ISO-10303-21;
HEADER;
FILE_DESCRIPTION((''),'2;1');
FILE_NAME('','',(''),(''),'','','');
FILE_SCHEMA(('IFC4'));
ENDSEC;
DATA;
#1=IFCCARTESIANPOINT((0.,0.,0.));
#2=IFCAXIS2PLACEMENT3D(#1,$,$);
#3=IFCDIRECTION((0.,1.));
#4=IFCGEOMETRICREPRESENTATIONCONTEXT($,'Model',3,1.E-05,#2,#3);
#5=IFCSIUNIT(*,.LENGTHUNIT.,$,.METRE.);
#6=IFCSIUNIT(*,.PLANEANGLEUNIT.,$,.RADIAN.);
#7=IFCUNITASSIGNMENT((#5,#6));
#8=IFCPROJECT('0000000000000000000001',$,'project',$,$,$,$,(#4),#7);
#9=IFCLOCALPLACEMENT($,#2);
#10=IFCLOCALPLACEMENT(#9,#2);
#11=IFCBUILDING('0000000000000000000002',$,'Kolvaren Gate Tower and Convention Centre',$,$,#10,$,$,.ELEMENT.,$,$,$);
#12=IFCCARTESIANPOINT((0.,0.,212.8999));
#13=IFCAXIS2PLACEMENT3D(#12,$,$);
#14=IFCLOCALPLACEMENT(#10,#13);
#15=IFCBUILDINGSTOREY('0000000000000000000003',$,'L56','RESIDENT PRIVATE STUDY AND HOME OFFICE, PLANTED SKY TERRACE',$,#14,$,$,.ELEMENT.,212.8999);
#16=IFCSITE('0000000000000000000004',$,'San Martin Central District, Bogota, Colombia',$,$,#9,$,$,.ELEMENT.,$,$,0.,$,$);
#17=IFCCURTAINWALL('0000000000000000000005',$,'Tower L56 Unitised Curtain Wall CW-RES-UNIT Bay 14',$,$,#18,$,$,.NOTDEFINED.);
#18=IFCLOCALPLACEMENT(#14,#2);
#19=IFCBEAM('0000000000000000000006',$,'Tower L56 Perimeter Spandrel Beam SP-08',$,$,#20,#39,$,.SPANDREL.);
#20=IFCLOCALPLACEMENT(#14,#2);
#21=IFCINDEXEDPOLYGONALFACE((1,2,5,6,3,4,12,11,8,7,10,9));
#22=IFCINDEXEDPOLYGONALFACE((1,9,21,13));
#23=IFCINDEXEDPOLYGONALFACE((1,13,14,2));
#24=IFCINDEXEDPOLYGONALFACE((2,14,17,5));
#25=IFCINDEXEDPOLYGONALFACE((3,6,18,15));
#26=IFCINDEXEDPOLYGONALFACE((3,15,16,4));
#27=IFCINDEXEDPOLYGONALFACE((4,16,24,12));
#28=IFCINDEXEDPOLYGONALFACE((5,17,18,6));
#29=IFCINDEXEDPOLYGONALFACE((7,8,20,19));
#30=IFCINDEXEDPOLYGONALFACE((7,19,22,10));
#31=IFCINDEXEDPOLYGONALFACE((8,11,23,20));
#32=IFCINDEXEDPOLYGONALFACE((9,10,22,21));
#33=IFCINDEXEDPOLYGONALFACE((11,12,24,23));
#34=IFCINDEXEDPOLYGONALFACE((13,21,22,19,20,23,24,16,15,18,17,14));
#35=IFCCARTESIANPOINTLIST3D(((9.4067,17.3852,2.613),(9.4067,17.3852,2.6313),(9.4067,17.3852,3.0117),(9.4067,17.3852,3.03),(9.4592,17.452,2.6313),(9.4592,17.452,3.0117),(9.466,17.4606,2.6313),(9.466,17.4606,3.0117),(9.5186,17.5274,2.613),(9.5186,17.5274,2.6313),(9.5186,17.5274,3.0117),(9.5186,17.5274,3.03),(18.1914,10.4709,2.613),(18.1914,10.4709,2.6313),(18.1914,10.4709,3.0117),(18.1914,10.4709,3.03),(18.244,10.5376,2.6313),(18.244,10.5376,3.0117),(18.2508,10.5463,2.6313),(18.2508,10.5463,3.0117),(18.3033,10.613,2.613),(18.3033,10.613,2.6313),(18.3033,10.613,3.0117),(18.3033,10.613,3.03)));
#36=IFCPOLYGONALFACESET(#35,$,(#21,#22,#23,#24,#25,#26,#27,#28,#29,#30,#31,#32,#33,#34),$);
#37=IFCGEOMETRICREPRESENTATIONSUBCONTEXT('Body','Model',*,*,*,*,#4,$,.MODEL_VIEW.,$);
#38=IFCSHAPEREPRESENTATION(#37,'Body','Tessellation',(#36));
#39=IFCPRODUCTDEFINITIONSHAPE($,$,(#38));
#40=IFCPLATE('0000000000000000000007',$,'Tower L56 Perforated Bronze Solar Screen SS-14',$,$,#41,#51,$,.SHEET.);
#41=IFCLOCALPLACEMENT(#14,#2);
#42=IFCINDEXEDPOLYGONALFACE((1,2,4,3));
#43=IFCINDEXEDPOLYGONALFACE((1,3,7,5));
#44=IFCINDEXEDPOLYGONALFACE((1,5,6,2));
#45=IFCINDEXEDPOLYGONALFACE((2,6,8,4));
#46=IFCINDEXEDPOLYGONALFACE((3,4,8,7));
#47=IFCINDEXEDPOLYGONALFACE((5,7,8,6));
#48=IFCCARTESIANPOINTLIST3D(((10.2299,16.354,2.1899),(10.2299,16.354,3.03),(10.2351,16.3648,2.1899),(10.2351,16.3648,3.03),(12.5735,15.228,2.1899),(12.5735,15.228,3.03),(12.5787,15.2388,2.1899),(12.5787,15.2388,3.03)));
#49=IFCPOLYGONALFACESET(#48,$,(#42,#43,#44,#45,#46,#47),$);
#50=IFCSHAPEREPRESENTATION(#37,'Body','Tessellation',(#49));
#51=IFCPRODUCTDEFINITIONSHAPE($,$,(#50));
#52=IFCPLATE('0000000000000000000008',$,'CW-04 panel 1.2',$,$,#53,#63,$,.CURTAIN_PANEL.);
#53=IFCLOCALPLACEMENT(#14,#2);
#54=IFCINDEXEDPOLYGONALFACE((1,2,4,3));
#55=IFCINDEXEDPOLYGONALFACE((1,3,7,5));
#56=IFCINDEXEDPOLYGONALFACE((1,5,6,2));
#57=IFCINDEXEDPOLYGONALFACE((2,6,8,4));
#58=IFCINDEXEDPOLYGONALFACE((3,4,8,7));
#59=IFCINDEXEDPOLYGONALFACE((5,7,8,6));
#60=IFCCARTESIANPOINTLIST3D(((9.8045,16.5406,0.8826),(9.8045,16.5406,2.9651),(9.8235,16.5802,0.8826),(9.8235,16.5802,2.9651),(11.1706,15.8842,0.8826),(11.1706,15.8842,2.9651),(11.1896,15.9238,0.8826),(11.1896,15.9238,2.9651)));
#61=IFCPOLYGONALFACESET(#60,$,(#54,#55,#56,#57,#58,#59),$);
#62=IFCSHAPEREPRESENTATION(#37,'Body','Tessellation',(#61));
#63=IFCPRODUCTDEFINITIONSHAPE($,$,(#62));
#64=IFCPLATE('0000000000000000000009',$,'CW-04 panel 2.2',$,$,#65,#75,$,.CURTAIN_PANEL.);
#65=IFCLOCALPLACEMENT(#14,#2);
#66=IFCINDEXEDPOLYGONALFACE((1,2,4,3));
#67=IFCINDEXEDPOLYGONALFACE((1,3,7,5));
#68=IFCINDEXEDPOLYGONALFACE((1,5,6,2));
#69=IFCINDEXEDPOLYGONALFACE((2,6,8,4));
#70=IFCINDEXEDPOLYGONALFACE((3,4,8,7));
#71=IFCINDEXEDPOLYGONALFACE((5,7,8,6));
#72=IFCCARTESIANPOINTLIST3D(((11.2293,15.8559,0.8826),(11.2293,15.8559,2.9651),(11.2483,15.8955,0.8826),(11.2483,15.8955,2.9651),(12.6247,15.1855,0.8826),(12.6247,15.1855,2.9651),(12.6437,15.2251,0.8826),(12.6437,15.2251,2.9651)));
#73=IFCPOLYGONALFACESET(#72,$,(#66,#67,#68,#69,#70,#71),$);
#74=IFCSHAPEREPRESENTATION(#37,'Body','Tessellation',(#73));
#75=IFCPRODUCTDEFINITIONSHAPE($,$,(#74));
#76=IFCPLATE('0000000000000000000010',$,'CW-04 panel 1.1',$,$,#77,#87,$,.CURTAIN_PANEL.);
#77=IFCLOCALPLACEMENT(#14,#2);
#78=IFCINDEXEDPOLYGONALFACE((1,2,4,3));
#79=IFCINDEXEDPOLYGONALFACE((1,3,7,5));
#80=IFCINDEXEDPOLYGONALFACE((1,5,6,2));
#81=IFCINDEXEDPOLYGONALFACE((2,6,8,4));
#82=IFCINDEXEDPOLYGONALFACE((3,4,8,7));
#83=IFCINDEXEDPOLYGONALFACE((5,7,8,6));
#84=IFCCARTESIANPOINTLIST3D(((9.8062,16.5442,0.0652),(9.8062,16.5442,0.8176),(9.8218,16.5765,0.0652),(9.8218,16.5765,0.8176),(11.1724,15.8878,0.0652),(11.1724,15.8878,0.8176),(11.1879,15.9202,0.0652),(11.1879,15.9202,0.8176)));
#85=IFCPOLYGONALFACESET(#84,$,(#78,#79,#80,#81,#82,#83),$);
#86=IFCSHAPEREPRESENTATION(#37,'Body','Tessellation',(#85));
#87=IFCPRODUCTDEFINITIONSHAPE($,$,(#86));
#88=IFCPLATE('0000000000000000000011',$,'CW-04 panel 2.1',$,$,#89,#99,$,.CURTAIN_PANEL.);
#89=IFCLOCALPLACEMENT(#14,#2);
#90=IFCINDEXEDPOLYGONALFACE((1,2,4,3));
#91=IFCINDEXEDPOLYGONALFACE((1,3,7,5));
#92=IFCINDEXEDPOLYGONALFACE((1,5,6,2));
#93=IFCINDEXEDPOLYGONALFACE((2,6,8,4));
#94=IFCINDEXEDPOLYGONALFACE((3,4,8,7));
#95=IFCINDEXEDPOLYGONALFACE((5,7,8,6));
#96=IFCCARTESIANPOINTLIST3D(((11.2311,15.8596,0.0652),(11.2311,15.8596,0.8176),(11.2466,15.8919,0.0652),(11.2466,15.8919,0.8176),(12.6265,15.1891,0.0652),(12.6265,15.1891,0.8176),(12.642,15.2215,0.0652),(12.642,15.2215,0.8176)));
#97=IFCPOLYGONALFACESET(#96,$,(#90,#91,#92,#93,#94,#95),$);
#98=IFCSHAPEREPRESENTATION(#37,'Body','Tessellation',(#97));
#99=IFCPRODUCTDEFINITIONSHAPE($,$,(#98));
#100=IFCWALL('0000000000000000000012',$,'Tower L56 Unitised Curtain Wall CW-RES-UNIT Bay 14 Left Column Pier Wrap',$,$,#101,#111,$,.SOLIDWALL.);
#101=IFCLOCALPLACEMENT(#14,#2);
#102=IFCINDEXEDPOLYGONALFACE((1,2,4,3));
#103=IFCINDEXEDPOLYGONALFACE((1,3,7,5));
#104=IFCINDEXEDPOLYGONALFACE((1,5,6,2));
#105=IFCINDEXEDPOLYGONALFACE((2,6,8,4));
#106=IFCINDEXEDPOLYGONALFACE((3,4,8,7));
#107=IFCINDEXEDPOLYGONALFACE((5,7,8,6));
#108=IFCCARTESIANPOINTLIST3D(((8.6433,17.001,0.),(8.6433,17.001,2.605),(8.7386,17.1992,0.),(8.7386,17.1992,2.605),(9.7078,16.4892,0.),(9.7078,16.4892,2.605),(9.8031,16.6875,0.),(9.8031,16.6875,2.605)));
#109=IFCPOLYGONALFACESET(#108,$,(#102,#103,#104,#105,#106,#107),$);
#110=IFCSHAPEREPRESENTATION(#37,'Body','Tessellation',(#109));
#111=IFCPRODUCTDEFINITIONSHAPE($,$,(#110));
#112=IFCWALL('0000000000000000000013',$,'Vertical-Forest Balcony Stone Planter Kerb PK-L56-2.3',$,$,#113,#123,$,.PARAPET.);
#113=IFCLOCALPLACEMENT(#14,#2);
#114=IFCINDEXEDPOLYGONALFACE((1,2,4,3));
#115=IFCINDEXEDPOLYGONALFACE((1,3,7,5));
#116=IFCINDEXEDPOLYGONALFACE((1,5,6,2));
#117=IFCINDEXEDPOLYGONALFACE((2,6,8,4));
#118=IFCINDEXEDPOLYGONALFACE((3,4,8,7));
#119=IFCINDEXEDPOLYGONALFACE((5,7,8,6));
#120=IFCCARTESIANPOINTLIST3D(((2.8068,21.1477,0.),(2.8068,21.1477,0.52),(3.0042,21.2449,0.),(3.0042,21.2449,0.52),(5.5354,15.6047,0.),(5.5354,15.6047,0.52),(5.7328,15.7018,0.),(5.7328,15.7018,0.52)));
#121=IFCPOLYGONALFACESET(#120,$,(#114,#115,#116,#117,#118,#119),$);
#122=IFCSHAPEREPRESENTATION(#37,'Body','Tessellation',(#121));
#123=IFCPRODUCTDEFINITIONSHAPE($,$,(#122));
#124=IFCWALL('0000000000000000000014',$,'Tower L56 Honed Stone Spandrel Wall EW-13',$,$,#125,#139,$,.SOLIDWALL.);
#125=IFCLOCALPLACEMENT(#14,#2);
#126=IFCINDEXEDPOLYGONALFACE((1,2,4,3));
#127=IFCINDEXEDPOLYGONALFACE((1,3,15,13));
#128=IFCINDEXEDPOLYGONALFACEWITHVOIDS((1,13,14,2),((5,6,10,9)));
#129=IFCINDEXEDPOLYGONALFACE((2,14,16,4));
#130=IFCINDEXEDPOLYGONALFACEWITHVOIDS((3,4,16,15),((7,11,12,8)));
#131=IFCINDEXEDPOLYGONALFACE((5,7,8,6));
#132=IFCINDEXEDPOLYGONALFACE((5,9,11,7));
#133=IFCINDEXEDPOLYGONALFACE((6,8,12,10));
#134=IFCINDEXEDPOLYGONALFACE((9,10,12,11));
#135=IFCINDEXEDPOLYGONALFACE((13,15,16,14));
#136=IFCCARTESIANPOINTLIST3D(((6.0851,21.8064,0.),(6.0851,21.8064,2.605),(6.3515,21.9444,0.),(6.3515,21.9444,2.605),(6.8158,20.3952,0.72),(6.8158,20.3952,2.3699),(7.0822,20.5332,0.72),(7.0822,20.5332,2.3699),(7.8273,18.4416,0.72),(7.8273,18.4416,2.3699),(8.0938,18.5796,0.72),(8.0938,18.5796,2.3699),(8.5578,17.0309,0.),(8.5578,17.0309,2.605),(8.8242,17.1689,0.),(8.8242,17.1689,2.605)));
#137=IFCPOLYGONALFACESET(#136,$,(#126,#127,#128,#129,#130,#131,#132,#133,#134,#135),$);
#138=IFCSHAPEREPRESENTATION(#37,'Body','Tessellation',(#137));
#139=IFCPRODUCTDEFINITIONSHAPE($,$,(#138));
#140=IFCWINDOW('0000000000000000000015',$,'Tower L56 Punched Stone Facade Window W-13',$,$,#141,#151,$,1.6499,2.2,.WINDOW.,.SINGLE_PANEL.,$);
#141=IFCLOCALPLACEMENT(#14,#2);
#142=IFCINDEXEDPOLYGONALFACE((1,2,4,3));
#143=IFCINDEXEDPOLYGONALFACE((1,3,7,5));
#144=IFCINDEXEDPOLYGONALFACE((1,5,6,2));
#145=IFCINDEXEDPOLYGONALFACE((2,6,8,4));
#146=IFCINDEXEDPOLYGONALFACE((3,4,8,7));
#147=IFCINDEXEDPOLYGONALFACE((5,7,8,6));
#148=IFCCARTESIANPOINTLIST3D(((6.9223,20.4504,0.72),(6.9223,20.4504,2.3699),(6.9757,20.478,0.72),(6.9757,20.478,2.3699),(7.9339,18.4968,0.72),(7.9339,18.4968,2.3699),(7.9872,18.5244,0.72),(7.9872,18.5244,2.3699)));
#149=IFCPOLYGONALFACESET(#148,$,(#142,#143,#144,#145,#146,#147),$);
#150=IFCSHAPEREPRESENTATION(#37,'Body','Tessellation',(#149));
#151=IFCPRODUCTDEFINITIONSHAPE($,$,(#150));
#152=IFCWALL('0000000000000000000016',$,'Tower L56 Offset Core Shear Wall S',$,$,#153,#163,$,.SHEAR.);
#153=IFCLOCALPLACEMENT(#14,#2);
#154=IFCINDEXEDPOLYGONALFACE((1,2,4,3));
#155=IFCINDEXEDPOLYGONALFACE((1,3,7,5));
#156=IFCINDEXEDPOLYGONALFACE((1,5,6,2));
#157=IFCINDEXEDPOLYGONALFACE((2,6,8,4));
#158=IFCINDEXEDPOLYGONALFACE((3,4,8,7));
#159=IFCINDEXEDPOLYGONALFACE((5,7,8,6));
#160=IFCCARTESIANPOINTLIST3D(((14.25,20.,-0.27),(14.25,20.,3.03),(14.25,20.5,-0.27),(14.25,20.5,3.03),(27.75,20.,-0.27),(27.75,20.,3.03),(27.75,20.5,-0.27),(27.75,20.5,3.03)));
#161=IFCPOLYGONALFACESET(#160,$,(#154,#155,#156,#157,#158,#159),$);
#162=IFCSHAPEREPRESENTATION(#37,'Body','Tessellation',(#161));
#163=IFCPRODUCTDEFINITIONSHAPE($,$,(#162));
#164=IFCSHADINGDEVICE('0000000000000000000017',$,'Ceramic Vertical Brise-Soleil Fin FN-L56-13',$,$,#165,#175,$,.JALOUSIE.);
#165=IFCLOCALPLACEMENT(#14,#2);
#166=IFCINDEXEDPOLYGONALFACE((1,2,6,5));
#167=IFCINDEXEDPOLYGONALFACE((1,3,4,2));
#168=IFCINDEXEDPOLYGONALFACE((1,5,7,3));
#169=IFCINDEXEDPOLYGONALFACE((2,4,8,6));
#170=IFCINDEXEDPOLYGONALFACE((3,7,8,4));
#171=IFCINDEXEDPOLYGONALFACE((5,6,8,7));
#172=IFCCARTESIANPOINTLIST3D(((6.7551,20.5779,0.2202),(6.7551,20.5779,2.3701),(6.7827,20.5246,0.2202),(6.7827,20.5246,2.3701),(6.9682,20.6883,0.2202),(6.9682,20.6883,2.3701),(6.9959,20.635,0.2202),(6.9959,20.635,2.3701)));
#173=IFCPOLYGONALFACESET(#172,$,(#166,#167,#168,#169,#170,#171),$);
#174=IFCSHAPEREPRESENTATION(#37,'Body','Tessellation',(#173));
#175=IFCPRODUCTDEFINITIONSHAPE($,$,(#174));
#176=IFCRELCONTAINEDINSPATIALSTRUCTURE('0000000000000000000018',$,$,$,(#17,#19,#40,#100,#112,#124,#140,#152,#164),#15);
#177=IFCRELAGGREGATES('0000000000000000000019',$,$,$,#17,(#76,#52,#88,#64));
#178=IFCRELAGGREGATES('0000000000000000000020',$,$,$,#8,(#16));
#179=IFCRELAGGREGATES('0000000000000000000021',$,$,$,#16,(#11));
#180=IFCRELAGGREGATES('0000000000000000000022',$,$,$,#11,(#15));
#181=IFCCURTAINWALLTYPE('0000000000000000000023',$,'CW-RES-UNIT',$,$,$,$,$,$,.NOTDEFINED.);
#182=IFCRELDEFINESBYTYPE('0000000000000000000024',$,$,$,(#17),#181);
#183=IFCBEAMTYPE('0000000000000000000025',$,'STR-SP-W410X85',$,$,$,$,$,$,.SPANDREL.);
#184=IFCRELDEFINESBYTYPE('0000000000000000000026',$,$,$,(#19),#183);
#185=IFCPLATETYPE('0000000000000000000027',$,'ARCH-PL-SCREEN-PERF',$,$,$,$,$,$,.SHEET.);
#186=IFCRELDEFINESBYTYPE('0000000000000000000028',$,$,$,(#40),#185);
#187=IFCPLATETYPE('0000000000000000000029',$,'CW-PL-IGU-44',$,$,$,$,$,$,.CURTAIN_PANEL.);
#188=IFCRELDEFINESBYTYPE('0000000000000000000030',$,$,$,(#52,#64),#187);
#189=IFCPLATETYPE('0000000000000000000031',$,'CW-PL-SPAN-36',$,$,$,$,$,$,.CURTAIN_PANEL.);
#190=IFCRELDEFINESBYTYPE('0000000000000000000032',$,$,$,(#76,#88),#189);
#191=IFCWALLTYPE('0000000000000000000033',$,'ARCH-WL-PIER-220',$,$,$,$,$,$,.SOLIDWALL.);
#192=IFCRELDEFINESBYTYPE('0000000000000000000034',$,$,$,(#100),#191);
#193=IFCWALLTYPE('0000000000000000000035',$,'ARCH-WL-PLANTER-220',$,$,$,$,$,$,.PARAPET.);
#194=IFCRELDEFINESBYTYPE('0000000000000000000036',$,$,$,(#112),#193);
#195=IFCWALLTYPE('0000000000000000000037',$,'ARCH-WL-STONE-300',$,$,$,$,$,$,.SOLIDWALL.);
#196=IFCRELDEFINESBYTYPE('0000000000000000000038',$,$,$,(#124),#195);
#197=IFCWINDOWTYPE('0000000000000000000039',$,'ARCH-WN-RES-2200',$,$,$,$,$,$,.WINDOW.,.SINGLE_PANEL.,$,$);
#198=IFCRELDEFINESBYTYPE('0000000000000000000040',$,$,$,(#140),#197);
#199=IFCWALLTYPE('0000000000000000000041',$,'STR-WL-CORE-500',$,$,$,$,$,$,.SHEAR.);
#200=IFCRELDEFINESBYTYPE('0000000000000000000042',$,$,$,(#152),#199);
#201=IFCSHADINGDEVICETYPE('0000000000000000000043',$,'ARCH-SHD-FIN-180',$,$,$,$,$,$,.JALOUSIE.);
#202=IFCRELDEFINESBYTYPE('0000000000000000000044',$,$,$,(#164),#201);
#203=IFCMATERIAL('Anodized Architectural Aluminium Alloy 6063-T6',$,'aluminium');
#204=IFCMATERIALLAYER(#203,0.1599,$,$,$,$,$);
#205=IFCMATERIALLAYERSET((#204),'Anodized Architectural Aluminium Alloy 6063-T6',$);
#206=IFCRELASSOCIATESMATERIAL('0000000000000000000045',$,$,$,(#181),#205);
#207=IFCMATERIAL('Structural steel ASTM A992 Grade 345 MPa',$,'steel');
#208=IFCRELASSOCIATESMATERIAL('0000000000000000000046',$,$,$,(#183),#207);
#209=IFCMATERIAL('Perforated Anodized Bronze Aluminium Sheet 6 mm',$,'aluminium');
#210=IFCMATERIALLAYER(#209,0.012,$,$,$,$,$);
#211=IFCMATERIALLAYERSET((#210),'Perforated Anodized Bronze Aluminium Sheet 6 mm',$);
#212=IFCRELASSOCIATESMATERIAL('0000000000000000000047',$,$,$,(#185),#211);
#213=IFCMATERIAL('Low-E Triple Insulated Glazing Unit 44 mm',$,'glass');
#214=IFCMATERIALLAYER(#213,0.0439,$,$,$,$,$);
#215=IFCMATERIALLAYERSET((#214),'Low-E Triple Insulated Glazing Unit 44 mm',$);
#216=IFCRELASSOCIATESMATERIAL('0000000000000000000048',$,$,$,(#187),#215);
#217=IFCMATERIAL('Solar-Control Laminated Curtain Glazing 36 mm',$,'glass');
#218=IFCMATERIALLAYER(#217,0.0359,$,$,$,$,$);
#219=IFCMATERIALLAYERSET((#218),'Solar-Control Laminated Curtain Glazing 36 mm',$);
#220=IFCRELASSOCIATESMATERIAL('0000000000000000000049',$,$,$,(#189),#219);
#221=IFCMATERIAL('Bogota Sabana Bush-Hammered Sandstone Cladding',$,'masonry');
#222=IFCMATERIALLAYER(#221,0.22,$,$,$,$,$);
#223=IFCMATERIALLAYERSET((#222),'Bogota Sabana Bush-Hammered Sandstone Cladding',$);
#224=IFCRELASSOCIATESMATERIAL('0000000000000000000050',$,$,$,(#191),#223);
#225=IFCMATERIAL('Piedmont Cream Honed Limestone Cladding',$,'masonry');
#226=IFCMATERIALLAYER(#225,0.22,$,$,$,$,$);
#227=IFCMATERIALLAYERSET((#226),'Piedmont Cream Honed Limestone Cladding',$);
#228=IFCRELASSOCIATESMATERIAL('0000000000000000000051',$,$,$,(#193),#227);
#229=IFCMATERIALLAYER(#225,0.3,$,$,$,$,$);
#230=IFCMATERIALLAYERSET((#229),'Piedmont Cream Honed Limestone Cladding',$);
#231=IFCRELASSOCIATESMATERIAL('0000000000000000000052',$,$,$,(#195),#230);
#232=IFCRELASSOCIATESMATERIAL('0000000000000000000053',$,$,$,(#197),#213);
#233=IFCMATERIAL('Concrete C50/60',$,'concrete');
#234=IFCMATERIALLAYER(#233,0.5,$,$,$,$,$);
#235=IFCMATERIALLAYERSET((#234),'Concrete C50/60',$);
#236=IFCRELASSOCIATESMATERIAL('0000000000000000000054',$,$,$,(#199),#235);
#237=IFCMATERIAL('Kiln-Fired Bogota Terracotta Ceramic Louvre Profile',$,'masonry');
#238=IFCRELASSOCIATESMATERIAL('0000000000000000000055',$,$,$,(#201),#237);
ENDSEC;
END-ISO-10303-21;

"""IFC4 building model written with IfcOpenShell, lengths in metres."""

from ifc_helpers import new_model, si_unit, direction, frame, frame_2d, origin, origin_2d, place, context, subcontext, project, spatial, rectangle, i_section, extrude, material, layer, layer_set, material_profile, profile_set, type_object, element, fill, aggregate, save


model = new_model("IFC4")

# Units and contexts
model_context = context("Model", 3, precision=1e-05, world=origin(), true_north=direction((0.0, 1.0)))
body_context = subcontext(model_context, "Body", "Model", "MODEL_VIEW")
ifc_project = project(units=[si_unit("LENGTHUNIT", "METRE"), si_unit("PLANEANGLEUNIT", "RADIAN")], contexts=[model_context])

# Site, building, storey
site_placement = place(None, origin())
site = spatial("IfcSite", under=ifc_project, at=site_placement, Name="San Martin Central District, Bogota, Colombia", CompositionType="ELEMENT", RefElevation=0.0)
building_placement = place(site_placement, origin())
building = spatial("IfcBuilding", under=site, at=building_placement, Name="Kolvaren Gate Tower and Convention Centre", CompositionType="ELEMENT")
storey_placement = place(building_placement, frame((0.0, 0.0, 212.8999)))
storey = spatial("IfcBuildingStorey", under=building, at=storey_placement, Name="L56", Description="RESIDENT PRIVATE STUDY AND HOME OFFICE, PLANTED SKY TERRACE", CompositionType="ELEMENT", Elevation=212.8999)

# Curtain wall
ifc_material_1 = material(Name="Anodized Architectural Aluminium Alloy 6063-T6", Category="aluminium")
ifc_layer_1 = layer(ifc_material_1, 0.1599)
ifc_layer_set_1 = layer_set([ifc_layer_1], Name="Anodized Architectural Aluminium Alloy 6063-T6")
curtain_wall_type = type_object("IfcCurtainWallType", Name="CW-RES-UNIT", PredefinedType="NOTDEFINED", material=ifc_layer_set_1)
curtain_wall_placement = place(storey_placement, origin())
curtain_wall = element("IfcCurtainWall", 1, at=curtain_wall_placement, inside=storey, type_object=curtain_wall_type, Name="Tower L56 Unitised Curtain Wall CW-RES-UNIT Bay 14", PredefinedType="NOTDEFINED")

# Beam
ifc_material_2 = material(Name="Structural steel ASTM A992 Grade 345 MPa", Category="steel")
ifc_material_profile_1 = material_profile(ifc_material_2, i_section(OverallWidth=0.1809, OverallDepth=0.417, WebThickness=0.011, FlangeThickness=0.0183, at=origin_2d()), Name="W410X85")
ifc_profile_set_1 = profile_set([ifc_material_profile_1], Name="Structural steel ASTM A992 Grade 345 MPa")
beam_type_1 = type_object("IfcBeamType", Name="STR-SP-W410X85", PredefinedType="SPANDREL", material=ifc_profile_set_1)
beam_1_placement = place(storey_placement, frame((9.4626, 17.4563, 2.8215), z_axis=(0.785794, -0.618489, 0.0), x_axis=(0.618489, 0.785794, 0.0)))
element("IfcBeam", 2, at=beam_1_placement, inside=storey, type_object=beam_type_1, Name="Tower L56 Perimeter Spandrel Beam SP-08", PredefinedType="SPANDREL", context=body_context, shape_type="SweptSolid", body=[
    extrude(i_section(OverallWidth=0.1809, OverallDepth=0.417, WebThickness=0.011, FlangeThickness=0.0183, at=origin_2d()), origin(), (0.0, 0.0, 1.0), 11.1794),
])

# Plates
ifc_material_3 = material(Name="Perforated Anodized Bronze Aluminium Sheet 6 mm", Category="aluminium")
ifc_layer_2 = layer(ifc_material_3, 0.012)
ifc_layer_set_2 = layer_set([ifc_layer_2], Name="Perforated Anodized Bronze Aluminium Sheet 6 mm")
plate_type_1 = type_object("IfcPlateType", Name="ARCH-PL-SCREEN-PERF", PredefinedType="SHEET", material=ifc_layer_set_2)
plate_1_placement = place(storey_placement, frame((11.4043, 15.7964, 2.1899), z_axis=(0.0, 0.0, 1.0), x_axis=(0.901359, -0.433072, 0.0)))
element("IfcPlate", 3, at=plate_1_placement, inside=storey, type_object=plate_type_1, Name="Tower L56 Perforated Bronze Solar Screen SS-14", PredefinedType="SHEET", context=body_context, shape_type="SweptSolid", body=[
    extrude(rectangle(XDim=2.6001, YDim=0.012, at=origin_2d()), origin(), (0.0, 0.0, 1.0), 0.8401),
])
ifc_material_4 = material(Name="Low-E Triple Insulated Glazing Unit 44 mm", Category="glass")
ifc_layer_3 = layer(ifc_material_4, 0.0439)
ifc_layer_set_3 = layer_set([ifc_layer_3], Name="Low-E Triple Insulated Glazing Unit 44 mm")
plate_type_2 = type_object("IfcPlateType", Name="CW-PL-IGU-44", PredefinedType="CURTAIN_PANEL", material=ifc_layer_set_3)
plate_2_placement = place(storey_placement, frame((10.4971, 16.2322, 0.8826), z_axis=(0.0, 0.0, 1.0), x_axis=(0.901362, -0.433066, 0.0)))
plate_2 = element("IfcPlate", 4, at=plate_2_placement, type_object=plate_type_2, Name="CW-04 panel 1.2", PredefinedType="CURTAIN_PANEL", context=body_context, shape_type="SweptSolid", body=[
    extrude(rectangle(XDim=1.5156, YDim=0.0439, at=origin_2d()), origin(), (0.0, 0.0, 1.0), 2.0825),
])
plate_3_placement = place(storey_placement, frame((11.9365, 15.5405, 0.8826), z_axis=(0.0, 0.0, 1.0), x_axis=(0.901362, -0.433066, 0.0)))
plate_3 = element("IfcPlate", 5, at=plate_3_placement, type_object=plate_type_2, Name="CW-04 panel 2.2", PredefinedType="CURTAIN_PANEL", context=body_context, shape_type="SweptSolid", body=[
    extrude(rectangle(XDim=1.5481, YDim=0.0439, at=origin_2d()), origin(), (0.0, 0.0, 1.0), 2.0825),
])
ifc_material_5 = material(Name="Solar-Control Laminated Curtain Glazing 36 mm", Category="glass")
ifc_layer_4 = layer(ifc_material_5, 0.0359)
ifc_layer_set_4 = layer_set([ifc_layer_4], Name="Solar-Control Laminated Curtain Glazing 36 mm")
plate_type_3 = type_object("IfcPlateType", Name="CW-PL-SPAN-36", PredefinedType="CURTAIN_PANEL", material=ifc_layer_set_4)
plate_4_placement = place(storey_placement, frame((10.4971, 16.2322, 0.0652), z_axis=(0.0, 0.0, 1.0), x_axis=(0.901362, -0.433066, 0.0)))
plate_4 = element("IfcPlate", 6, at=plate_4_placement, type_object=plate_type_3, Name="CW-04 panel 1.1", PredefinedType="CURTAIN_PANEL", context=body_context, shape_type="SweptSolid", body=[
    extrude(rectangle(XDim=1.5156, YDim=0.0359, at=origin_2d()), origin(), (0.0, 0.0, 1.0), 0.7524),
])
plate_5_placement = place(storey_placement, frame((11.9365, 15.5405, 0.0652), z_axis=(0.0, 0.0, 1.0), x_axis=(0.901362, -0.433066, 0.0)))
plate_5 = element("IfcPlate", 7, at=plate_5_placement, type_object=plate_type_3, Name="CW-04 panel 2.1", PredefinedType="CURTAIN_PANEL", context=body_context, shape_type="SweptSolid", body=[
    extrude(rectangle(XDim=1.5481, YDim=0.0359, at=origin_2d()), origin(), (0.0, 0.0, 1.0), 0.7524),
])
aggregate(curtain_wall, [plate_4, plate_2, plate_5, plate_3])

# Walls
ifc_material_6 = material(Name="Bogota Sabana Bush-Hammered Sandstone Cladding", Category="masonry")
ifc_layer_5 = layer(ifc_material_6, 0.22)
ifc_layer_set_5 = layer_set([ifc_layer_5], Name="Bogota Sabana Bush-Hammered Sandstone Cladding")
wall_type_1 = type_object("IfcWallType", Name="ARCH-WL-PIER-220", PredefinedType="SOLIDWALL", material=ifc_layer_set_5)
wall_1_placement = place(storey_placement, frame((8.6909, 17.1001, 0.0), z_axis=(0.0, 0.0, 1.0), x_axis=(0.901265, -0.433269, 0.0)))
element("IfcWall", 8, at=wall_1_placement, inside=storey, type_object=wall_type_1, Name="Tower L56 Unitised Curtain Wall CW-RES-UNIT Bay 14 Left Column Pier Wrap", PredefinedType="SOLIDWALL", context=body_context, shape_type="SweptSolid", body=[
    extrude(rectangle(XDim=1.1812, YDim=0.22, at=frame_2d((0.5906, 0.0))), origin(), (0.0, 0.0, 1.0), 2.605),
])
ifc_material_7 = material(Name="Piedmont Cream Honed Limestone Cladding", Category="masonry")
ifc_layer_6 = layer(ifc_material_7, 0.22)
ifc_layer_set_6 = layer_set([ifc_layer_6], Name="Piedmont Cream Honed Limestone Cladding")
wall_type_2 = type_object("IfcWallType", Name="ARCH-WL-PLANTER-220", PredefinedType="PARAPET", material=ifc_layer_set_6)
wall_2_placement = place(storey_placement, frame((2.9055, 21.1963, 0.0), z_axis=(0.0, 0.0, 1.0), x_axis=(0.441641, -0.897192, 0.0)))
element("IfcWall", 9, at=wall_2_placement, inside=storey, type_object=wall_type_2, Name="Vertical-Forest Balcony Stone Planter Kerb PK-L56-2.3", PredefinedType="PARAPET", context=body_context, shape_type="SweptSolid", body=[
    extrude(rectangle(XDim=6.1782, YDim=0.22, at=frame_2d((3.0891, 0.0))), origin(), (0.0, 0.0, 1.0), 0.52),
])

# Wall, opening, window
ifc_layer_7 = layer(ifc_material_7, 0.3)
ifc_layer_set_7 = layer_set([ifc_layer_7], Name="Piedmont Cream Honed Limestone Cladding")
wall_type_3 = type_object("IfcWallType", Name="ARCH-WL-STONE-300", PredefinedType="SOLIDWALL", material=ifc_layer_set_7)
wall_3_placement = place(storey_placement, frame((6.2183, 21.8755, 0.0), z_axis=(0.0, 0.0, 1.0), x_axis=(0.459808, -0.888018, 0.0)))
wall_3 = element("IfcWall", 10, at=wall_3_placement, inside=storey, type_object=wall_type_3, Name="Tower L56 Honed Stone Spandrel Wall EW-13", PredefinedType="SOLIDWALL", context=body_context, shape_type="SweptSolid", body=[
    extrude(rectangle(XDim=5.3777, YDim=0.3, at=frame_2d((2.689, 0.0))), origin(), (0.0, 0.0, 1.0), 2.605),
])
opening_placement = place(wall_3_placement, frame((1.5891, 0.0, 0.72)))
opening = element("IfcOpeningElement", 11, at=opening_placement, cuts=wall_3, PredefinedType="OPENING", context=body_context, shape_type="SweptSolid", body=[
    extrude(rectangle(XDim=2.2, YDim=1.6499, at=frame_2d((1.1001, 0.825))), frame((0.0, 0.1599, 0.0), z_axis=(0.0, -1.0, 0.0), x_axis=(1.0, 0.0, 0.0)), (0.0, 0.0, 1.0), 0.3201),
])
window_type = type_object("IfcWindowType", Name="ARCH-WN-RES-2200", PartitioningType="SINGLE_PANEL", PredefinedType="WINDOW", material=ifc_material_4)
window_placement = place(opening_placement, origin())
window = element("IfcWindow", 12, at=window_placement, inside=storey, type_object=window_type, Name="Tower L56 Punched Stone Facade Window W-13", OverallHeight=1.6499, OverallWidth=2.2, PartitioningType="SINGLE_PANEL", PredefinedType="WINDOW", context=body_context, shape_type="SweptSolid", body=[
    extrude(rectangle(XDim=2.2, YDim=1.6499, at=frame_2d((1.1001, 0.825))), frame((0.0, 0.03, 0.0), z_axis=(0.0, -1.0, 0.0), x_axis=(1.0, 0.0, 0.0)), (0.0, 0.0, 1.0), 0.0601),
])
fill(opening, window)

# Wall
ifc_material_8 = material(Name="Concrete C50/60", Category="concrete")
ifc_layer_8 = layer(ifc_material_8, 0.5)
ifc_layer_set_8 = layer_set([ifc_layer_8], Name="Concrete C50/60")
wall_type_4 = type_object("IfcWallType", Name="STR-WL-CORE-500", PredefinedType="SHEAR", material=ifc_layer_set_8)
wall_4_placement = place(storey_placement, frame((14.25, 20.25, -0.27), z_axis=(0.0, 0.0, 1.0), x_axis=(1.0, 0.0, 0.0)))
element("IfcWall", 13, at=wall_4_placement, inside=storey, type_object=wall_type_4, Name="Tower L56 Offset Core Shear Wall S", PredefinedType="SHEAR", context=body_context, shape_type="SweptSolid", body=[
    extrude(rectangle(XDim=13.5, YDim=0.5, at=frame_2d((6.75, 0.0))), origin(), (0.0, 0.0, 1.0), 3.3),
])

# Shading device
ifc_material_9 = material(Name="Kiln-Fired Bogota Terracotta Ceramic Louvre Profile", Category="masonry")
shading_device_type = type_object("IfcShadingDeviceType", Name="ARCH-SHD-FIN-180", PredefinedType="JALOUSIE", material=ifc_material_9)
shading_device_placement = place(storey_placement, frame((6.8755, 20.6064, 0.2202), z_axis=(0.0, 0.0, 1.0), x_axis=(0.4598, -0.888023, 0.0)))
element("IfcShadingDevice", 14, at=shading_device_placement, inside=storey, type_object=shading_device_type, Name="Ceramic Vertical Brise-Soleil Fin FN-L56-13", PredefinedType="JALOUSIE", context=body_context, shape_type="SweptSolid", body=[
    extrude(rectangle(XDim=0.0601, YDim=0.24, at=origin_2d()), origin(), (0.0, 0.0, 1.0), 2.1499),
])

save(model, "model.ifc")
